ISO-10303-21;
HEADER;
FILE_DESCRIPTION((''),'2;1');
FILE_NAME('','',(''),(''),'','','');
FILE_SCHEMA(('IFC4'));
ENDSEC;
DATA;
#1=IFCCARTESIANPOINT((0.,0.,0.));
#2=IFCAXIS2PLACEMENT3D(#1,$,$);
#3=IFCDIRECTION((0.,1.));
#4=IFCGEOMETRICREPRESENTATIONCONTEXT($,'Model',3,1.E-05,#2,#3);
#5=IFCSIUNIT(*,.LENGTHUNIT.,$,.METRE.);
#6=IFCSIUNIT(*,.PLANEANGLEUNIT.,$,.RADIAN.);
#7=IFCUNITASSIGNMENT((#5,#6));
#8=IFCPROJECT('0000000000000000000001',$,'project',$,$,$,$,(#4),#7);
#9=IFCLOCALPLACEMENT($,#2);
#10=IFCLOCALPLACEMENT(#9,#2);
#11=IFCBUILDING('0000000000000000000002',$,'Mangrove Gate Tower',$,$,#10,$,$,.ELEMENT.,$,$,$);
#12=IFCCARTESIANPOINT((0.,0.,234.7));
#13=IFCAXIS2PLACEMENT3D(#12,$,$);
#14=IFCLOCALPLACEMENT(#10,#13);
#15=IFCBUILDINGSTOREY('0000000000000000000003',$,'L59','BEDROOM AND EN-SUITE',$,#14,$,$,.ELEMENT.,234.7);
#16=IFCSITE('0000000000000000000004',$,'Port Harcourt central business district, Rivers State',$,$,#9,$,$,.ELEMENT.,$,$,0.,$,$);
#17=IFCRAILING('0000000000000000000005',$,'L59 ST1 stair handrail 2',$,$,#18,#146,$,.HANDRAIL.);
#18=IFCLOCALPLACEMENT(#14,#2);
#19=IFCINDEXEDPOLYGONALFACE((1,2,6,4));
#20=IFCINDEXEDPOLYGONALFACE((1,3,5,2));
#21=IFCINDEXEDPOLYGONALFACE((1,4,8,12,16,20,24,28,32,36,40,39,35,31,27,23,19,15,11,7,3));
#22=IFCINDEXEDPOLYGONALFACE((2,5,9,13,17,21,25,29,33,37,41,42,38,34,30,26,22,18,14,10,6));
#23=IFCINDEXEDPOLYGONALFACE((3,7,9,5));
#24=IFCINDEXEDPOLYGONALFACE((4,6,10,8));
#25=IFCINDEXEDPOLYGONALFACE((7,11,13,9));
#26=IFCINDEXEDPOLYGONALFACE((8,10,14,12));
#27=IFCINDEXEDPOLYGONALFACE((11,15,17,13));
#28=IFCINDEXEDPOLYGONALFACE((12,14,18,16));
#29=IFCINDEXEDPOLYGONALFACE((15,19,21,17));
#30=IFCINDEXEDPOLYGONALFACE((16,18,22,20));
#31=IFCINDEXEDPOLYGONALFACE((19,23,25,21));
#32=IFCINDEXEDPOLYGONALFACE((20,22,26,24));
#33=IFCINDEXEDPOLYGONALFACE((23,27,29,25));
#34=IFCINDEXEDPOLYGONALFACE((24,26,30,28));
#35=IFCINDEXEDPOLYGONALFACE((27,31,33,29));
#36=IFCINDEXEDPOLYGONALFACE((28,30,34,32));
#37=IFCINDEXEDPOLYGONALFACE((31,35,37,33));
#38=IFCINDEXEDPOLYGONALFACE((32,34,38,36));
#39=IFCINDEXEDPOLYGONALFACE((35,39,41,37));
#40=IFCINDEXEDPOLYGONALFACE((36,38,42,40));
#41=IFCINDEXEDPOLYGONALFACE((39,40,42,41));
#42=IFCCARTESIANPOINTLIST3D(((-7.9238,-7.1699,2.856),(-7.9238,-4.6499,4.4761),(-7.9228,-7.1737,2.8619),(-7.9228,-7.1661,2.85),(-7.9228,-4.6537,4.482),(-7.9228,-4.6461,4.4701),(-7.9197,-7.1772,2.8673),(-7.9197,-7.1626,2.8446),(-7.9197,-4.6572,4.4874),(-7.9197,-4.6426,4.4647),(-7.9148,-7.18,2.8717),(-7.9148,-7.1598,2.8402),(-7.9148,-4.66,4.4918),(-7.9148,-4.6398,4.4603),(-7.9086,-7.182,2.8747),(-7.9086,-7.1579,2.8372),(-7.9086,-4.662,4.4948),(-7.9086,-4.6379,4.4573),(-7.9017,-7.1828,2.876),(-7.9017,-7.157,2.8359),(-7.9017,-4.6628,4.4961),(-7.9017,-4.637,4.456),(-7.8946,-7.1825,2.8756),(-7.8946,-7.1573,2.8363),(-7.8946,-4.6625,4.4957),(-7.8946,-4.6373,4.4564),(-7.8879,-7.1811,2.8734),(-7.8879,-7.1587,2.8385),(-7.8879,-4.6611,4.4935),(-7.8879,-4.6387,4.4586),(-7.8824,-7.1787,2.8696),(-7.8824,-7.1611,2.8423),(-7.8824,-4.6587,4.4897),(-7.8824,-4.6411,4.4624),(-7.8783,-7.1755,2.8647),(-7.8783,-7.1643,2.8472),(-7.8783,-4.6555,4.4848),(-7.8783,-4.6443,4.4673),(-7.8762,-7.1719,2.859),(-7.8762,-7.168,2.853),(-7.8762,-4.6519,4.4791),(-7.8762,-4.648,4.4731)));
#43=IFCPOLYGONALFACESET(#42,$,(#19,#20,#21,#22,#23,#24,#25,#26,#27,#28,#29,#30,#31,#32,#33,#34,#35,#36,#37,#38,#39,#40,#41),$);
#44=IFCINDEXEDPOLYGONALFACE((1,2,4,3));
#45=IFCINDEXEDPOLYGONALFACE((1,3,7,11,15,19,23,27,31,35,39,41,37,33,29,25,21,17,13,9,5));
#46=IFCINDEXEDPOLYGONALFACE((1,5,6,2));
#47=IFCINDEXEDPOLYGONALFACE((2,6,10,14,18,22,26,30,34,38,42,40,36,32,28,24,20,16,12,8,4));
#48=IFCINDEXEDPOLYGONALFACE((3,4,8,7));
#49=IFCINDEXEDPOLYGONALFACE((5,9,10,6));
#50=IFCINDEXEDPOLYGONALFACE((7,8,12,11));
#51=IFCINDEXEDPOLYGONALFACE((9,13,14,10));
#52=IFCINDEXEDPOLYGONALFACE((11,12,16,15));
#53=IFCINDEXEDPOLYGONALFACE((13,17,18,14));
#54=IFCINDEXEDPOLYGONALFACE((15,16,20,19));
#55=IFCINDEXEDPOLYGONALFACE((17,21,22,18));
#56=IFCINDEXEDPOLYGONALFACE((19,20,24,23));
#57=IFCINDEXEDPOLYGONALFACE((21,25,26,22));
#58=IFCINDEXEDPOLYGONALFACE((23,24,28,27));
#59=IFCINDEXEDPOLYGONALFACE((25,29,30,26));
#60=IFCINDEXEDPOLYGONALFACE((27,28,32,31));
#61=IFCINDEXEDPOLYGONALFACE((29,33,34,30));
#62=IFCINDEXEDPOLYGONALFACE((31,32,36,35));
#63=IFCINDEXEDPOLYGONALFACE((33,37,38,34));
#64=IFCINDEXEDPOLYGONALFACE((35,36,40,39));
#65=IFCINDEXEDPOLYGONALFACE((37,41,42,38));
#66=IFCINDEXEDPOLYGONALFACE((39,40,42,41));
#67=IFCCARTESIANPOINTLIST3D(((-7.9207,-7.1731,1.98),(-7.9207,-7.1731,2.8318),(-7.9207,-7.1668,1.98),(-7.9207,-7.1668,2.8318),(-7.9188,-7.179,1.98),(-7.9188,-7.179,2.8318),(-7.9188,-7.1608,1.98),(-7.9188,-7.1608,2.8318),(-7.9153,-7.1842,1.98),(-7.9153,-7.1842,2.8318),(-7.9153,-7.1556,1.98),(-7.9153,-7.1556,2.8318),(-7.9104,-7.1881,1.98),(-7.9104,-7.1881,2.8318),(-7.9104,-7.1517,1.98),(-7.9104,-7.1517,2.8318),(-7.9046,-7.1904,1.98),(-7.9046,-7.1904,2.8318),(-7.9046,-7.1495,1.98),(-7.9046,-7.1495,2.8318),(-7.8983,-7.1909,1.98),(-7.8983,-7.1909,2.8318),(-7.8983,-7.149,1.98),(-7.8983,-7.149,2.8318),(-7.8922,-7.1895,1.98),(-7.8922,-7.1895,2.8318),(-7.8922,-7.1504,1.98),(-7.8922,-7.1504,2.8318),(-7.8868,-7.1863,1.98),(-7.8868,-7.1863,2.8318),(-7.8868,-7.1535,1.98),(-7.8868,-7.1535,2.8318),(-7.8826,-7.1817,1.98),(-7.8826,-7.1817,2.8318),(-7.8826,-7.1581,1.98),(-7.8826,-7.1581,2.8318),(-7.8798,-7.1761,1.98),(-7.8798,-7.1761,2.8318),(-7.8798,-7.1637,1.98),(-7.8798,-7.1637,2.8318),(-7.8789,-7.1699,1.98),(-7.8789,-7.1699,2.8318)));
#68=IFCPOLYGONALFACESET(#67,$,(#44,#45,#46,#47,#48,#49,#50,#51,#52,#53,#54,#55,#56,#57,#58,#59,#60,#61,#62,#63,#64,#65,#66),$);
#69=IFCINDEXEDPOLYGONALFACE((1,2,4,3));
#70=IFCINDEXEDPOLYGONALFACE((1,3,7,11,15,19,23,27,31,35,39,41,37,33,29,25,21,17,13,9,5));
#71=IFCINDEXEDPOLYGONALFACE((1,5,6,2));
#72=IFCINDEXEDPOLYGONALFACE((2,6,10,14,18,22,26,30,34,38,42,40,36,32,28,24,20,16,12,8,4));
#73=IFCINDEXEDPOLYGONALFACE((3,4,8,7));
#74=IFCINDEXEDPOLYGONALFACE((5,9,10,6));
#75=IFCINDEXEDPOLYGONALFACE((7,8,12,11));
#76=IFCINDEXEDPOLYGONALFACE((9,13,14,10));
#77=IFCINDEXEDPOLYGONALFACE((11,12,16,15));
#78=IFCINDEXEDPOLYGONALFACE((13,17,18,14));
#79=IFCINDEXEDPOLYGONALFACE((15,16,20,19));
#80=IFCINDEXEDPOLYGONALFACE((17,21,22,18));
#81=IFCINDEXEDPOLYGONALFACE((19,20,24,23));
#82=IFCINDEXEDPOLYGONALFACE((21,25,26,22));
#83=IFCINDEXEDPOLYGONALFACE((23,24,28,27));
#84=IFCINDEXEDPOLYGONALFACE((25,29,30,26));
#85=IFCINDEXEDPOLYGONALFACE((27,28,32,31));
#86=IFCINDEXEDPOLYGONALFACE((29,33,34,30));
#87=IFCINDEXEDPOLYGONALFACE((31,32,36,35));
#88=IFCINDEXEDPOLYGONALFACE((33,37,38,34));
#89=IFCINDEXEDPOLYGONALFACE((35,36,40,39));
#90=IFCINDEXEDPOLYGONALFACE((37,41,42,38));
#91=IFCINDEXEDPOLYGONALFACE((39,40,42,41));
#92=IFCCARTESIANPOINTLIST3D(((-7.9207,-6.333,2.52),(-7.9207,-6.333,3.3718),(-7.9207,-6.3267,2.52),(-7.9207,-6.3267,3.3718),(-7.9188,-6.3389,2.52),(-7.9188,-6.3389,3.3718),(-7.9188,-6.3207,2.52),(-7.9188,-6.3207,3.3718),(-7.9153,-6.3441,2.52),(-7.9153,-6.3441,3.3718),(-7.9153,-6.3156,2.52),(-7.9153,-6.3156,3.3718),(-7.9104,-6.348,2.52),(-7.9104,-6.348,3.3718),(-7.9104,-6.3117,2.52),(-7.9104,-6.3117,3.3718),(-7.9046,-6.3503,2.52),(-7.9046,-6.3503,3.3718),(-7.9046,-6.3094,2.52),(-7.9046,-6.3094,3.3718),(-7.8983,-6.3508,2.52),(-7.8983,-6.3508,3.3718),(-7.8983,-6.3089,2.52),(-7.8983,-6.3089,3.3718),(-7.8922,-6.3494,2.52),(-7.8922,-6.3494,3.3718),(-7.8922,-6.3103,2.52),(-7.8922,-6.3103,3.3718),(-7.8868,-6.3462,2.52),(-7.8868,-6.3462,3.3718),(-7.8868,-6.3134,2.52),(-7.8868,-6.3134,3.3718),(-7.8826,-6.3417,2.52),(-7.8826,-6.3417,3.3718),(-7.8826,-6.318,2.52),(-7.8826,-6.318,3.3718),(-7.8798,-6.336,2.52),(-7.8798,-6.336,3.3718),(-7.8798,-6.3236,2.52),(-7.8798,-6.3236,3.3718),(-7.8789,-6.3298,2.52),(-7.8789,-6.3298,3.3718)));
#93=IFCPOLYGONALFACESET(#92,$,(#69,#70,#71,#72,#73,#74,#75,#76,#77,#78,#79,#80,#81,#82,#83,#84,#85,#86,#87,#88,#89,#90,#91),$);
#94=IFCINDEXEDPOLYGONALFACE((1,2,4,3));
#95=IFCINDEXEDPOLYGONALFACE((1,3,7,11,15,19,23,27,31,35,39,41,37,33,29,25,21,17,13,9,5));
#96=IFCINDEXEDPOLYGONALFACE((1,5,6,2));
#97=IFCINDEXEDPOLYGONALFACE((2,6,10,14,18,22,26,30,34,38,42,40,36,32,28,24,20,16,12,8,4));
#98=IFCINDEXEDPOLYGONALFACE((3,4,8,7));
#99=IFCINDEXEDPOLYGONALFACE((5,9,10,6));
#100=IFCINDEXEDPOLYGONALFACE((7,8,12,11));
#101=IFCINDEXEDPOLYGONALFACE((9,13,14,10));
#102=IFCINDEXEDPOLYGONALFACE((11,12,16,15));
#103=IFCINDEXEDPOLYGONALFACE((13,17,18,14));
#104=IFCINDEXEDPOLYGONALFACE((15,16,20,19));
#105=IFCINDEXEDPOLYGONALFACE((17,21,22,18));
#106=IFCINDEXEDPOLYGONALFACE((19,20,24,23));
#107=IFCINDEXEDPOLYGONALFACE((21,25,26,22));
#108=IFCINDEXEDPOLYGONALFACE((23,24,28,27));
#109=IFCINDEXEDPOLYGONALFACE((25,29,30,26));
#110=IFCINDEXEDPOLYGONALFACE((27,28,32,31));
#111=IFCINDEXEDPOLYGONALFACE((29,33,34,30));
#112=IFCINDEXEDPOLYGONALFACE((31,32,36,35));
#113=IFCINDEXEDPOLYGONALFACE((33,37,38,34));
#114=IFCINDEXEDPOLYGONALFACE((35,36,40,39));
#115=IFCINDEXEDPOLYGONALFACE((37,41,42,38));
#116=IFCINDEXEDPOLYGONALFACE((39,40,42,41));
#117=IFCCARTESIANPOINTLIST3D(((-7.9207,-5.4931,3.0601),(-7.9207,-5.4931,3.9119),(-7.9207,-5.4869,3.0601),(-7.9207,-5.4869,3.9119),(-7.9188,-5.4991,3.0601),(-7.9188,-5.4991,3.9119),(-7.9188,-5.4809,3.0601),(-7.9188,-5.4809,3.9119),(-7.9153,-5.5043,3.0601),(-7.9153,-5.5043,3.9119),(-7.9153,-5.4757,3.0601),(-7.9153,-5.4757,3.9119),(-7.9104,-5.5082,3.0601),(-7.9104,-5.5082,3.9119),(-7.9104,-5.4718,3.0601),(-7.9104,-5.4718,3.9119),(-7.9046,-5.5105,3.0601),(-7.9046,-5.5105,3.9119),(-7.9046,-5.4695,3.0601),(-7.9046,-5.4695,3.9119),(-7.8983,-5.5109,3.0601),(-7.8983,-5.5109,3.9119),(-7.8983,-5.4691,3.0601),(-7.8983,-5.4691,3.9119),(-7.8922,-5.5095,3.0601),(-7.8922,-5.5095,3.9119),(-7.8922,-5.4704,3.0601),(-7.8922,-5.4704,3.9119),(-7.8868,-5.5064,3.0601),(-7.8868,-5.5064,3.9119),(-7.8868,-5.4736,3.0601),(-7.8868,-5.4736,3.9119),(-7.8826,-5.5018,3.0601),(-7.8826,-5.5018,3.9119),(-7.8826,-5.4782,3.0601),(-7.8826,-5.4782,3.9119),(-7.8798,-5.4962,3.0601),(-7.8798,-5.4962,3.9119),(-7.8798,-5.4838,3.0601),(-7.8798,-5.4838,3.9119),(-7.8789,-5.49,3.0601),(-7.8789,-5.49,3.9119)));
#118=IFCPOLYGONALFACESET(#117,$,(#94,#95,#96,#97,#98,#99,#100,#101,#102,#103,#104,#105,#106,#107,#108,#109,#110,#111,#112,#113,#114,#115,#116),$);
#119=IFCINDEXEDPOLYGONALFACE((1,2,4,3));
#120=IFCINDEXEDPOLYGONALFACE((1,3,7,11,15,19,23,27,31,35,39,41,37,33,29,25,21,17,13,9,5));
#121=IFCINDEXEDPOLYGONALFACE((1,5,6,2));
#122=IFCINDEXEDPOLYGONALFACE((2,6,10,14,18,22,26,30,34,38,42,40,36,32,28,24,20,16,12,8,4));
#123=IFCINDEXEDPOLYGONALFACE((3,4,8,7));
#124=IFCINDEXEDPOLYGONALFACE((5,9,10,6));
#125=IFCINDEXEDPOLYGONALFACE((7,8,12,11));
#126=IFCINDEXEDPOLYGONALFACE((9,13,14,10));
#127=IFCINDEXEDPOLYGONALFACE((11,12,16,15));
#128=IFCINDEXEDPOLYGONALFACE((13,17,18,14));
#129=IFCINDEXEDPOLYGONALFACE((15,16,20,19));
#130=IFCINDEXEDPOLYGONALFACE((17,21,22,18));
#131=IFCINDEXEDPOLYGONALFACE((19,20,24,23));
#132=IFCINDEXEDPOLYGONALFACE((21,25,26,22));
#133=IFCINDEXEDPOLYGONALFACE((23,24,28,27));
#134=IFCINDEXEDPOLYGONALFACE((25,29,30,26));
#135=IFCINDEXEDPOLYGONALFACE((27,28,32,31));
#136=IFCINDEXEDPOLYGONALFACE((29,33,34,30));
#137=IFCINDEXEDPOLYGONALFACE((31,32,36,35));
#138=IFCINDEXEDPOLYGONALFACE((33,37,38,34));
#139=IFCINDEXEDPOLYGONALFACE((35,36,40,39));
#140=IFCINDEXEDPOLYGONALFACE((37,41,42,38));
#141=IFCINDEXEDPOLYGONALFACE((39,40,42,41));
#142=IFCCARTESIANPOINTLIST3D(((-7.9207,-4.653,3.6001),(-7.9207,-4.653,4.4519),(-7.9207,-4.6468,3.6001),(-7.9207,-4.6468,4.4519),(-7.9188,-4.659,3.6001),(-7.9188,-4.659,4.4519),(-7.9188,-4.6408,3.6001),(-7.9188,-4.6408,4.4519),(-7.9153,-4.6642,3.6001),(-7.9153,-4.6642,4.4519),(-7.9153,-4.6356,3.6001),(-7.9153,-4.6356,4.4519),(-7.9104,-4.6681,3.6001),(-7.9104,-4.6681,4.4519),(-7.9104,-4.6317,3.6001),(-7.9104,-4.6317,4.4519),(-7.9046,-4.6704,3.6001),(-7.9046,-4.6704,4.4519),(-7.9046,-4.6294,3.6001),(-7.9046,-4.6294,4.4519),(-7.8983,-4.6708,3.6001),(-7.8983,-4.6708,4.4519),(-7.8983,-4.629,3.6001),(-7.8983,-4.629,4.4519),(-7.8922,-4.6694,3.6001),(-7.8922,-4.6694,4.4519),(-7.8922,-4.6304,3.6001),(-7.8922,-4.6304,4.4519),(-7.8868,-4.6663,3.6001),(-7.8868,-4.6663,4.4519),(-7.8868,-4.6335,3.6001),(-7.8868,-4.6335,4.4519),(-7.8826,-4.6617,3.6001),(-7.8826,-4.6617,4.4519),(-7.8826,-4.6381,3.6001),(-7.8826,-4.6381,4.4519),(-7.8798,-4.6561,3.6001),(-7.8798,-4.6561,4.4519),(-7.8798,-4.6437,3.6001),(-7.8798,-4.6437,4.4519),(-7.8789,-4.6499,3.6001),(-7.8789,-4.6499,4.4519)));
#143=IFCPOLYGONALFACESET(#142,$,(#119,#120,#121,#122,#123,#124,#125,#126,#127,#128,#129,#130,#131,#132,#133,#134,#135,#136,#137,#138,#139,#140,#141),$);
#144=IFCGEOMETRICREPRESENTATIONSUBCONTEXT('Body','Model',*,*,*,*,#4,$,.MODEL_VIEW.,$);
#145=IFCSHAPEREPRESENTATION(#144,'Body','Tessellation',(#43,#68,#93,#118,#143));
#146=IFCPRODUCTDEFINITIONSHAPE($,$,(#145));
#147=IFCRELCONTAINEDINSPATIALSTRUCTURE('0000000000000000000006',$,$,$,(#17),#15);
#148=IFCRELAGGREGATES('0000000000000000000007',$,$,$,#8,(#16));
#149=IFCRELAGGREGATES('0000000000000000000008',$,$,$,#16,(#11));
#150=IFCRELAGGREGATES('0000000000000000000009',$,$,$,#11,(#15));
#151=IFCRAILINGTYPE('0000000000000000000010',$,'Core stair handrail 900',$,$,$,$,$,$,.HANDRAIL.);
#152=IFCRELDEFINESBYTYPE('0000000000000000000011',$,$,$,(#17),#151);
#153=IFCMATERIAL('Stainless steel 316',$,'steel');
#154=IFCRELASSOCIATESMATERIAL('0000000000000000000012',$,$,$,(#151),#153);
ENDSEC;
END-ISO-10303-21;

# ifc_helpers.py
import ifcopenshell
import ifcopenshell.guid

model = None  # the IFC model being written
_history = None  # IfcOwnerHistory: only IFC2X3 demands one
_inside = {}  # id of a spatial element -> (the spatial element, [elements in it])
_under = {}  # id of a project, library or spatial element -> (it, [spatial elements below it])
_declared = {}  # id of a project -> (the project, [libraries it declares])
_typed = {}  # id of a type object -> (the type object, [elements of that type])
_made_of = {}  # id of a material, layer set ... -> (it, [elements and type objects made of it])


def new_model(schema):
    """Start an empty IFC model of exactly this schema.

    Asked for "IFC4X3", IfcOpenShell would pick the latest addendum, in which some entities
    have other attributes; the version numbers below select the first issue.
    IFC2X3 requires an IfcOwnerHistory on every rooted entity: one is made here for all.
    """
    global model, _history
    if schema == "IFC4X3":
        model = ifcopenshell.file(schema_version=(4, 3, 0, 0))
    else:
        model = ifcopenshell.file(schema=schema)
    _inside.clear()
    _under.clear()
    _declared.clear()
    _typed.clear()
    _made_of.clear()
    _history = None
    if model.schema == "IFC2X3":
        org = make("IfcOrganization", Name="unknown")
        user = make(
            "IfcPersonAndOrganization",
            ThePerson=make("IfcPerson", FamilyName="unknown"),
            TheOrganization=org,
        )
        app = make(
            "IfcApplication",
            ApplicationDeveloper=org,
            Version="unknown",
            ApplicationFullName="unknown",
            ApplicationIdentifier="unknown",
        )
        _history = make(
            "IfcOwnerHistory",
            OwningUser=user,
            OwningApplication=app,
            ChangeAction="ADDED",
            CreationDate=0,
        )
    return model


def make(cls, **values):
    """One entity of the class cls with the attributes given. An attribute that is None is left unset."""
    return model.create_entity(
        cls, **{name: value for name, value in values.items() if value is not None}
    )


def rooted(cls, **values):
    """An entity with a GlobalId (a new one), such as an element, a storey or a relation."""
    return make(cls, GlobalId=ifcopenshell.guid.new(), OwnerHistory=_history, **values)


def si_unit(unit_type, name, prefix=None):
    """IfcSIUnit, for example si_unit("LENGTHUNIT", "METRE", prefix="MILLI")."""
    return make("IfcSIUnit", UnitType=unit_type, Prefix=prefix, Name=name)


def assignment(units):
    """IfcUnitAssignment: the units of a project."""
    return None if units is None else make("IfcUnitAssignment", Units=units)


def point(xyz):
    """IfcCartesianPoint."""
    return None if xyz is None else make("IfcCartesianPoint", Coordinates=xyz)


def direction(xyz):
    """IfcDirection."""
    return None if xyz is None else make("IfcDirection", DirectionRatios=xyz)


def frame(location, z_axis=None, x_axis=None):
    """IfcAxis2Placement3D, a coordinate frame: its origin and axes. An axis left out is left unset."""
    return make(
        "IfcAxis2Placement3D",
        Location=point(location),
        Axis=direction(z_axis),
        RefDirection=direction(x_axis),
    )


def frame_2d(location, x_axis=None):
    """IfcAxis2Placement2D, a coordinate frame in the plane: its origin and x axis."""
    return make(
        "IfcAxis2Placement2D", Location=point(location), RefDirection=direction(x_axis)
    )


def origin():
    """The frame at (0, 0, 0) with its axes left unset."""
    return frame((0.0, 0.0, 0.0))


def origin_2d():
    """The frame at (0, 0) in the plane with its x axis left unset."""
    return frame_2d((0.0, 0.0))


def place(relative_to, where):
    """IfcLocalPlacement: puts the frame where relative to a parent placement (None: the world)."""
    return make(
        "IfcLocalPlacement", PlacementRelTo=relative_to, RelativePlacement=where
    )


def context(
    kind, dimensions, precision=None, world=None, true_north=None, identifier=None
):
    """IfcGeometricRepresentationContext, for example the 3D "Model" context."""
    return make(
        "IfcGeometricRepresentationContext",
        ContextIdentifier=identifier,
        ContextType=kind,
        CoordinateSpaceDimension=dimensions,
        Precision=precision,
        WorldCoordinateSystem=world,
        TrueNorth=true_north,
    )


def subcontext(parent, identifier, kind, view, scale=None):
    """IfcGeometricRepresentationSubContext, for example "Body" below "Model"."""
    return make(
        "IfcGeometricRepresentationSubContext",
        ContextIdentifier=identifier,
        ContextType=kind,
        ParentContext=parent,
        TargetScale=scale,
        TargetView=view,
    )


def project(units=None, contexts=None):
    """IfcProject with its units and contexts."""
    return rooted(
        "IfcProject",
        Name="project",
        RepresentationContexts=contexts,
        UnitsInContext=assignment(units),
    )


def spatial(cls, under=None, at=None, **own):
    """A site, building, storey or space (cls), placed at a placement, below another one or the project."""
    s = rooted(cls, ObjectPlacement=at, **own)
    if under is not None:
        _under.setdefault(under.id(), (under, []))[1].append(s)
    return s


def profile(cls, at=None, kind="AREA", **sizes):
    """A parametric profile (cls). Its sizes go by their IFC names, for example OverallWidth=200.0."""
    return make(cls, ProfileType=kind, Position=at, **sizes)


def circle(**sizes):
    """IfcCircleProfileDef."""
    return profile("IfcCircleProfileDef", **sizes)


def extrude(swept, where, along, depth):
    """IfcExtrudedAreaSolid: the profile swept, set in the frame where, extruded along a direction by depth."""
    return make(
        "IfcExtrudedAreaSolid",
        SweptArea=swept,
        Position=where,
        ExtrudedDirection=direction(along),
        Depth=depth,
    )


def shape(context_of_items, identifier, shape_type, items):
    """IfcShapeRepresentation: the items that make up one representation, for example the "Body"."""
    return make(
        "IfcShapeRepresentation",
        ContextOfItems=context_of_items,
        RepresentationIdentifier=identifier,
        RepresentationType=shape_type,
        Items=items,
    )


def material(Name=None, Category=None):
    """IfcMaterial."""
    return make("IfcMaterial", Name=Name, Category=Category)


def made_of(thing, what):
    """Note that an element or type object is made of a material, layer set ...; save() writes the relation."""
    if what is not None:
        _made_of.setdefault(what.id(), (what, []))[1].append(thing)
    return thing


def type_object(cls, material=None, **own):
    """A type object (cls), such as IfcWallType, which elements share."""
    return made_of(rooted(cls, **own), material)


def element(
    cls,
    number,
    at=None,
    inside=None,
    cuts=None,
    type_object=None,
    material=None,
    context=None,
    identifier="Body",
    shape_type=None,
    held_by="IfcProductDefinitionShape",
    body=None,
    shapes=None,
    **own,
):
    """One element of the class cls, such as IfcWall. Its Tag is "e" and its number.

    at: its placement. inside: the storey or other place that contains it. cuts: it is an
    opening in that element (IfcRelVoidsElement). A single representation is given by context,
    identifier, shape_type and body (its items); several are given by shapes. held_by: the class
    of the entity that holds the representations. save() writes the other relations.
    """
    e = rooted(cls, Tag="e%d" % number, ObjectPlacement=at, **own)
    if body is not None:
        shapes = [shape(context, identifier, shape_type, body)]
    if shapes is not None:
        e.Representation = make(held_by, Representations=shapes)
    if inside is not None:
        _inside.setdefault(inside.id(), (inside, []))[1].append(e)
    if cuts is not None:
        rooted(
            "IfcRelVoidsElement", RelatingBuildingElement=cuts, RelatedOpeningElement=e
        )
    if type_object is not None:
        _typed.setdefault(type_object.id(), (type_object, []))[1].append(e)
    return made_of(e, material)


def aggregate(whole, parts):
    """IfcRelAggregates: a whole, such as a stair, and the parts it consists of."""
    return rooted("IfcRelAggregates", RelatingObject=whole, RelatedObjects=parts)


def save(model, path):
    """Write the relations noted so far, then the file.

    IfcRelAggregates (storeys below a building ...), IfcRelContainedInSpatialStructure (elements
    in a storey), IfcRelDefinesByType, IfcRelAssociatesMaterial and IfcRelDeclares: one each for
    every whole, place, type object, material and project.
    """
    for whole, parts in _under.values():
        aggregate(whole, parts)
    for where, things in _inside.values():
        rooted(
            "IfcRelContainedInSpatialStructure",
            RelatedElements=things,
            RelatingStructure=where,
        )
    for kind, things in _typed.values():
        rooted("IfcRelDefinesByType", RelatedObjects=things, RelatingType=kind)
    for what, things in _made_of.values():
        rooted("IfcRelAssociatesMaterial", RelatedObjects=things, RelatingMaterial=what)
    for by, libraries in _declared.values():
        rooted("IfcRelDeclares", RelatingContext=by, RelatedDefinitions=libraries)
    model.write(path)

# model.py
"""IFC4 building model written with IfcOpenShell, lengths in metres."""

from ifc_helpers import new_model, si_unit, direction, frame, origin, origin_2d, place, context, subcontext, project, spatial, circle, extrude, material, type_object, element, save


model = new_model("IFC4")

# Units and contexts
model_context = context("Model", 3, precision=1e-05, world=origin(), true_north=direction((0.0, 1.0)))
body_context = subcontext(model_context, "Body", "Model", "MODEL_VIEW")
ifc_project = project(units=[si_unit("LENGTHUNIT", "METRE"), si_unit("PLANEANGLEUNIT", "RADIAN")], contexts=[model_context])

# Site, building, storey
site_placement = place(None, origin())
site = spatial("IfcSite", under=ifc_project, at=site_placement, Name="Port Harcourt central business district, Rivers State", CompositionType="ELEMENT", RefElevation=0.0)
building_placement = place(site_placement, origin())
building = spatial("IfcBuilding", under=site, at=building_placement, Name="Mangrove Gate Tower", CompositionType="ELEMENT")
storey_placement = place(building_placement, frame((0.0, 0.0, 234.7)))
storey = spatial("IfcBuildingStorey", under=building, at=storey_placement, Name="L59", Description="BEDROOM AND EN-SUITE", CompositionType="ELEMENT", Elevation=234.7)

# Railing
ifc_material_1 = material(Name="Stainless steel 316", Category="steel")
railing_type_1 = type_object("IfcRailingType", Name="Core stair handrail 900", PredefinedType="HANDRAIL", material=ifc_material_1)
railing_1_placement = place(storey_placement, frame((-7.8999, -7.1699, 1.98)))
element("IfcRailing", 1, at=railing_1_placement, inside=storey, type_object=railing_type_1, Name="L59 ST1 stair handrail 2", PredefinedType="HANDRAIL", context=body_context, shape_type="SweptSolid", body=[
    extrude(circle(Radius=0.0239, at=origin_2d()), frame((0.0, 0.0, 0.876), z_axis=(0.0, 0.841163, 0.540782), x_axis=(-1.0, 0.0, 0.0)), (0.0, 0.0, 1.0), 2.9958),
    extrude(circle(Radius=0.021, at=origin_2d()), origin(), (0.0, 0.0, 1.0), 0.8518),
    extrude(circle(Radius=0.021, at=origin_2d()), frame((0.0, 0.8401, 0.54)), (0.0, 0.0, 1.0), 0.8518),
    extrude(circle(Radius=0.021, at=origin_2d()), frame((0.0, 1.6799, 1.0801)), (0.0, 0.0, 1.0), 0.8518),
    extrude(circle(Radius=0.021, at=origin_2d()), frame((0.0, 2.52, 1.6201)), (0.0, 0.0, 1.0), 0.8518),
])

save(model, "model.ifc")
